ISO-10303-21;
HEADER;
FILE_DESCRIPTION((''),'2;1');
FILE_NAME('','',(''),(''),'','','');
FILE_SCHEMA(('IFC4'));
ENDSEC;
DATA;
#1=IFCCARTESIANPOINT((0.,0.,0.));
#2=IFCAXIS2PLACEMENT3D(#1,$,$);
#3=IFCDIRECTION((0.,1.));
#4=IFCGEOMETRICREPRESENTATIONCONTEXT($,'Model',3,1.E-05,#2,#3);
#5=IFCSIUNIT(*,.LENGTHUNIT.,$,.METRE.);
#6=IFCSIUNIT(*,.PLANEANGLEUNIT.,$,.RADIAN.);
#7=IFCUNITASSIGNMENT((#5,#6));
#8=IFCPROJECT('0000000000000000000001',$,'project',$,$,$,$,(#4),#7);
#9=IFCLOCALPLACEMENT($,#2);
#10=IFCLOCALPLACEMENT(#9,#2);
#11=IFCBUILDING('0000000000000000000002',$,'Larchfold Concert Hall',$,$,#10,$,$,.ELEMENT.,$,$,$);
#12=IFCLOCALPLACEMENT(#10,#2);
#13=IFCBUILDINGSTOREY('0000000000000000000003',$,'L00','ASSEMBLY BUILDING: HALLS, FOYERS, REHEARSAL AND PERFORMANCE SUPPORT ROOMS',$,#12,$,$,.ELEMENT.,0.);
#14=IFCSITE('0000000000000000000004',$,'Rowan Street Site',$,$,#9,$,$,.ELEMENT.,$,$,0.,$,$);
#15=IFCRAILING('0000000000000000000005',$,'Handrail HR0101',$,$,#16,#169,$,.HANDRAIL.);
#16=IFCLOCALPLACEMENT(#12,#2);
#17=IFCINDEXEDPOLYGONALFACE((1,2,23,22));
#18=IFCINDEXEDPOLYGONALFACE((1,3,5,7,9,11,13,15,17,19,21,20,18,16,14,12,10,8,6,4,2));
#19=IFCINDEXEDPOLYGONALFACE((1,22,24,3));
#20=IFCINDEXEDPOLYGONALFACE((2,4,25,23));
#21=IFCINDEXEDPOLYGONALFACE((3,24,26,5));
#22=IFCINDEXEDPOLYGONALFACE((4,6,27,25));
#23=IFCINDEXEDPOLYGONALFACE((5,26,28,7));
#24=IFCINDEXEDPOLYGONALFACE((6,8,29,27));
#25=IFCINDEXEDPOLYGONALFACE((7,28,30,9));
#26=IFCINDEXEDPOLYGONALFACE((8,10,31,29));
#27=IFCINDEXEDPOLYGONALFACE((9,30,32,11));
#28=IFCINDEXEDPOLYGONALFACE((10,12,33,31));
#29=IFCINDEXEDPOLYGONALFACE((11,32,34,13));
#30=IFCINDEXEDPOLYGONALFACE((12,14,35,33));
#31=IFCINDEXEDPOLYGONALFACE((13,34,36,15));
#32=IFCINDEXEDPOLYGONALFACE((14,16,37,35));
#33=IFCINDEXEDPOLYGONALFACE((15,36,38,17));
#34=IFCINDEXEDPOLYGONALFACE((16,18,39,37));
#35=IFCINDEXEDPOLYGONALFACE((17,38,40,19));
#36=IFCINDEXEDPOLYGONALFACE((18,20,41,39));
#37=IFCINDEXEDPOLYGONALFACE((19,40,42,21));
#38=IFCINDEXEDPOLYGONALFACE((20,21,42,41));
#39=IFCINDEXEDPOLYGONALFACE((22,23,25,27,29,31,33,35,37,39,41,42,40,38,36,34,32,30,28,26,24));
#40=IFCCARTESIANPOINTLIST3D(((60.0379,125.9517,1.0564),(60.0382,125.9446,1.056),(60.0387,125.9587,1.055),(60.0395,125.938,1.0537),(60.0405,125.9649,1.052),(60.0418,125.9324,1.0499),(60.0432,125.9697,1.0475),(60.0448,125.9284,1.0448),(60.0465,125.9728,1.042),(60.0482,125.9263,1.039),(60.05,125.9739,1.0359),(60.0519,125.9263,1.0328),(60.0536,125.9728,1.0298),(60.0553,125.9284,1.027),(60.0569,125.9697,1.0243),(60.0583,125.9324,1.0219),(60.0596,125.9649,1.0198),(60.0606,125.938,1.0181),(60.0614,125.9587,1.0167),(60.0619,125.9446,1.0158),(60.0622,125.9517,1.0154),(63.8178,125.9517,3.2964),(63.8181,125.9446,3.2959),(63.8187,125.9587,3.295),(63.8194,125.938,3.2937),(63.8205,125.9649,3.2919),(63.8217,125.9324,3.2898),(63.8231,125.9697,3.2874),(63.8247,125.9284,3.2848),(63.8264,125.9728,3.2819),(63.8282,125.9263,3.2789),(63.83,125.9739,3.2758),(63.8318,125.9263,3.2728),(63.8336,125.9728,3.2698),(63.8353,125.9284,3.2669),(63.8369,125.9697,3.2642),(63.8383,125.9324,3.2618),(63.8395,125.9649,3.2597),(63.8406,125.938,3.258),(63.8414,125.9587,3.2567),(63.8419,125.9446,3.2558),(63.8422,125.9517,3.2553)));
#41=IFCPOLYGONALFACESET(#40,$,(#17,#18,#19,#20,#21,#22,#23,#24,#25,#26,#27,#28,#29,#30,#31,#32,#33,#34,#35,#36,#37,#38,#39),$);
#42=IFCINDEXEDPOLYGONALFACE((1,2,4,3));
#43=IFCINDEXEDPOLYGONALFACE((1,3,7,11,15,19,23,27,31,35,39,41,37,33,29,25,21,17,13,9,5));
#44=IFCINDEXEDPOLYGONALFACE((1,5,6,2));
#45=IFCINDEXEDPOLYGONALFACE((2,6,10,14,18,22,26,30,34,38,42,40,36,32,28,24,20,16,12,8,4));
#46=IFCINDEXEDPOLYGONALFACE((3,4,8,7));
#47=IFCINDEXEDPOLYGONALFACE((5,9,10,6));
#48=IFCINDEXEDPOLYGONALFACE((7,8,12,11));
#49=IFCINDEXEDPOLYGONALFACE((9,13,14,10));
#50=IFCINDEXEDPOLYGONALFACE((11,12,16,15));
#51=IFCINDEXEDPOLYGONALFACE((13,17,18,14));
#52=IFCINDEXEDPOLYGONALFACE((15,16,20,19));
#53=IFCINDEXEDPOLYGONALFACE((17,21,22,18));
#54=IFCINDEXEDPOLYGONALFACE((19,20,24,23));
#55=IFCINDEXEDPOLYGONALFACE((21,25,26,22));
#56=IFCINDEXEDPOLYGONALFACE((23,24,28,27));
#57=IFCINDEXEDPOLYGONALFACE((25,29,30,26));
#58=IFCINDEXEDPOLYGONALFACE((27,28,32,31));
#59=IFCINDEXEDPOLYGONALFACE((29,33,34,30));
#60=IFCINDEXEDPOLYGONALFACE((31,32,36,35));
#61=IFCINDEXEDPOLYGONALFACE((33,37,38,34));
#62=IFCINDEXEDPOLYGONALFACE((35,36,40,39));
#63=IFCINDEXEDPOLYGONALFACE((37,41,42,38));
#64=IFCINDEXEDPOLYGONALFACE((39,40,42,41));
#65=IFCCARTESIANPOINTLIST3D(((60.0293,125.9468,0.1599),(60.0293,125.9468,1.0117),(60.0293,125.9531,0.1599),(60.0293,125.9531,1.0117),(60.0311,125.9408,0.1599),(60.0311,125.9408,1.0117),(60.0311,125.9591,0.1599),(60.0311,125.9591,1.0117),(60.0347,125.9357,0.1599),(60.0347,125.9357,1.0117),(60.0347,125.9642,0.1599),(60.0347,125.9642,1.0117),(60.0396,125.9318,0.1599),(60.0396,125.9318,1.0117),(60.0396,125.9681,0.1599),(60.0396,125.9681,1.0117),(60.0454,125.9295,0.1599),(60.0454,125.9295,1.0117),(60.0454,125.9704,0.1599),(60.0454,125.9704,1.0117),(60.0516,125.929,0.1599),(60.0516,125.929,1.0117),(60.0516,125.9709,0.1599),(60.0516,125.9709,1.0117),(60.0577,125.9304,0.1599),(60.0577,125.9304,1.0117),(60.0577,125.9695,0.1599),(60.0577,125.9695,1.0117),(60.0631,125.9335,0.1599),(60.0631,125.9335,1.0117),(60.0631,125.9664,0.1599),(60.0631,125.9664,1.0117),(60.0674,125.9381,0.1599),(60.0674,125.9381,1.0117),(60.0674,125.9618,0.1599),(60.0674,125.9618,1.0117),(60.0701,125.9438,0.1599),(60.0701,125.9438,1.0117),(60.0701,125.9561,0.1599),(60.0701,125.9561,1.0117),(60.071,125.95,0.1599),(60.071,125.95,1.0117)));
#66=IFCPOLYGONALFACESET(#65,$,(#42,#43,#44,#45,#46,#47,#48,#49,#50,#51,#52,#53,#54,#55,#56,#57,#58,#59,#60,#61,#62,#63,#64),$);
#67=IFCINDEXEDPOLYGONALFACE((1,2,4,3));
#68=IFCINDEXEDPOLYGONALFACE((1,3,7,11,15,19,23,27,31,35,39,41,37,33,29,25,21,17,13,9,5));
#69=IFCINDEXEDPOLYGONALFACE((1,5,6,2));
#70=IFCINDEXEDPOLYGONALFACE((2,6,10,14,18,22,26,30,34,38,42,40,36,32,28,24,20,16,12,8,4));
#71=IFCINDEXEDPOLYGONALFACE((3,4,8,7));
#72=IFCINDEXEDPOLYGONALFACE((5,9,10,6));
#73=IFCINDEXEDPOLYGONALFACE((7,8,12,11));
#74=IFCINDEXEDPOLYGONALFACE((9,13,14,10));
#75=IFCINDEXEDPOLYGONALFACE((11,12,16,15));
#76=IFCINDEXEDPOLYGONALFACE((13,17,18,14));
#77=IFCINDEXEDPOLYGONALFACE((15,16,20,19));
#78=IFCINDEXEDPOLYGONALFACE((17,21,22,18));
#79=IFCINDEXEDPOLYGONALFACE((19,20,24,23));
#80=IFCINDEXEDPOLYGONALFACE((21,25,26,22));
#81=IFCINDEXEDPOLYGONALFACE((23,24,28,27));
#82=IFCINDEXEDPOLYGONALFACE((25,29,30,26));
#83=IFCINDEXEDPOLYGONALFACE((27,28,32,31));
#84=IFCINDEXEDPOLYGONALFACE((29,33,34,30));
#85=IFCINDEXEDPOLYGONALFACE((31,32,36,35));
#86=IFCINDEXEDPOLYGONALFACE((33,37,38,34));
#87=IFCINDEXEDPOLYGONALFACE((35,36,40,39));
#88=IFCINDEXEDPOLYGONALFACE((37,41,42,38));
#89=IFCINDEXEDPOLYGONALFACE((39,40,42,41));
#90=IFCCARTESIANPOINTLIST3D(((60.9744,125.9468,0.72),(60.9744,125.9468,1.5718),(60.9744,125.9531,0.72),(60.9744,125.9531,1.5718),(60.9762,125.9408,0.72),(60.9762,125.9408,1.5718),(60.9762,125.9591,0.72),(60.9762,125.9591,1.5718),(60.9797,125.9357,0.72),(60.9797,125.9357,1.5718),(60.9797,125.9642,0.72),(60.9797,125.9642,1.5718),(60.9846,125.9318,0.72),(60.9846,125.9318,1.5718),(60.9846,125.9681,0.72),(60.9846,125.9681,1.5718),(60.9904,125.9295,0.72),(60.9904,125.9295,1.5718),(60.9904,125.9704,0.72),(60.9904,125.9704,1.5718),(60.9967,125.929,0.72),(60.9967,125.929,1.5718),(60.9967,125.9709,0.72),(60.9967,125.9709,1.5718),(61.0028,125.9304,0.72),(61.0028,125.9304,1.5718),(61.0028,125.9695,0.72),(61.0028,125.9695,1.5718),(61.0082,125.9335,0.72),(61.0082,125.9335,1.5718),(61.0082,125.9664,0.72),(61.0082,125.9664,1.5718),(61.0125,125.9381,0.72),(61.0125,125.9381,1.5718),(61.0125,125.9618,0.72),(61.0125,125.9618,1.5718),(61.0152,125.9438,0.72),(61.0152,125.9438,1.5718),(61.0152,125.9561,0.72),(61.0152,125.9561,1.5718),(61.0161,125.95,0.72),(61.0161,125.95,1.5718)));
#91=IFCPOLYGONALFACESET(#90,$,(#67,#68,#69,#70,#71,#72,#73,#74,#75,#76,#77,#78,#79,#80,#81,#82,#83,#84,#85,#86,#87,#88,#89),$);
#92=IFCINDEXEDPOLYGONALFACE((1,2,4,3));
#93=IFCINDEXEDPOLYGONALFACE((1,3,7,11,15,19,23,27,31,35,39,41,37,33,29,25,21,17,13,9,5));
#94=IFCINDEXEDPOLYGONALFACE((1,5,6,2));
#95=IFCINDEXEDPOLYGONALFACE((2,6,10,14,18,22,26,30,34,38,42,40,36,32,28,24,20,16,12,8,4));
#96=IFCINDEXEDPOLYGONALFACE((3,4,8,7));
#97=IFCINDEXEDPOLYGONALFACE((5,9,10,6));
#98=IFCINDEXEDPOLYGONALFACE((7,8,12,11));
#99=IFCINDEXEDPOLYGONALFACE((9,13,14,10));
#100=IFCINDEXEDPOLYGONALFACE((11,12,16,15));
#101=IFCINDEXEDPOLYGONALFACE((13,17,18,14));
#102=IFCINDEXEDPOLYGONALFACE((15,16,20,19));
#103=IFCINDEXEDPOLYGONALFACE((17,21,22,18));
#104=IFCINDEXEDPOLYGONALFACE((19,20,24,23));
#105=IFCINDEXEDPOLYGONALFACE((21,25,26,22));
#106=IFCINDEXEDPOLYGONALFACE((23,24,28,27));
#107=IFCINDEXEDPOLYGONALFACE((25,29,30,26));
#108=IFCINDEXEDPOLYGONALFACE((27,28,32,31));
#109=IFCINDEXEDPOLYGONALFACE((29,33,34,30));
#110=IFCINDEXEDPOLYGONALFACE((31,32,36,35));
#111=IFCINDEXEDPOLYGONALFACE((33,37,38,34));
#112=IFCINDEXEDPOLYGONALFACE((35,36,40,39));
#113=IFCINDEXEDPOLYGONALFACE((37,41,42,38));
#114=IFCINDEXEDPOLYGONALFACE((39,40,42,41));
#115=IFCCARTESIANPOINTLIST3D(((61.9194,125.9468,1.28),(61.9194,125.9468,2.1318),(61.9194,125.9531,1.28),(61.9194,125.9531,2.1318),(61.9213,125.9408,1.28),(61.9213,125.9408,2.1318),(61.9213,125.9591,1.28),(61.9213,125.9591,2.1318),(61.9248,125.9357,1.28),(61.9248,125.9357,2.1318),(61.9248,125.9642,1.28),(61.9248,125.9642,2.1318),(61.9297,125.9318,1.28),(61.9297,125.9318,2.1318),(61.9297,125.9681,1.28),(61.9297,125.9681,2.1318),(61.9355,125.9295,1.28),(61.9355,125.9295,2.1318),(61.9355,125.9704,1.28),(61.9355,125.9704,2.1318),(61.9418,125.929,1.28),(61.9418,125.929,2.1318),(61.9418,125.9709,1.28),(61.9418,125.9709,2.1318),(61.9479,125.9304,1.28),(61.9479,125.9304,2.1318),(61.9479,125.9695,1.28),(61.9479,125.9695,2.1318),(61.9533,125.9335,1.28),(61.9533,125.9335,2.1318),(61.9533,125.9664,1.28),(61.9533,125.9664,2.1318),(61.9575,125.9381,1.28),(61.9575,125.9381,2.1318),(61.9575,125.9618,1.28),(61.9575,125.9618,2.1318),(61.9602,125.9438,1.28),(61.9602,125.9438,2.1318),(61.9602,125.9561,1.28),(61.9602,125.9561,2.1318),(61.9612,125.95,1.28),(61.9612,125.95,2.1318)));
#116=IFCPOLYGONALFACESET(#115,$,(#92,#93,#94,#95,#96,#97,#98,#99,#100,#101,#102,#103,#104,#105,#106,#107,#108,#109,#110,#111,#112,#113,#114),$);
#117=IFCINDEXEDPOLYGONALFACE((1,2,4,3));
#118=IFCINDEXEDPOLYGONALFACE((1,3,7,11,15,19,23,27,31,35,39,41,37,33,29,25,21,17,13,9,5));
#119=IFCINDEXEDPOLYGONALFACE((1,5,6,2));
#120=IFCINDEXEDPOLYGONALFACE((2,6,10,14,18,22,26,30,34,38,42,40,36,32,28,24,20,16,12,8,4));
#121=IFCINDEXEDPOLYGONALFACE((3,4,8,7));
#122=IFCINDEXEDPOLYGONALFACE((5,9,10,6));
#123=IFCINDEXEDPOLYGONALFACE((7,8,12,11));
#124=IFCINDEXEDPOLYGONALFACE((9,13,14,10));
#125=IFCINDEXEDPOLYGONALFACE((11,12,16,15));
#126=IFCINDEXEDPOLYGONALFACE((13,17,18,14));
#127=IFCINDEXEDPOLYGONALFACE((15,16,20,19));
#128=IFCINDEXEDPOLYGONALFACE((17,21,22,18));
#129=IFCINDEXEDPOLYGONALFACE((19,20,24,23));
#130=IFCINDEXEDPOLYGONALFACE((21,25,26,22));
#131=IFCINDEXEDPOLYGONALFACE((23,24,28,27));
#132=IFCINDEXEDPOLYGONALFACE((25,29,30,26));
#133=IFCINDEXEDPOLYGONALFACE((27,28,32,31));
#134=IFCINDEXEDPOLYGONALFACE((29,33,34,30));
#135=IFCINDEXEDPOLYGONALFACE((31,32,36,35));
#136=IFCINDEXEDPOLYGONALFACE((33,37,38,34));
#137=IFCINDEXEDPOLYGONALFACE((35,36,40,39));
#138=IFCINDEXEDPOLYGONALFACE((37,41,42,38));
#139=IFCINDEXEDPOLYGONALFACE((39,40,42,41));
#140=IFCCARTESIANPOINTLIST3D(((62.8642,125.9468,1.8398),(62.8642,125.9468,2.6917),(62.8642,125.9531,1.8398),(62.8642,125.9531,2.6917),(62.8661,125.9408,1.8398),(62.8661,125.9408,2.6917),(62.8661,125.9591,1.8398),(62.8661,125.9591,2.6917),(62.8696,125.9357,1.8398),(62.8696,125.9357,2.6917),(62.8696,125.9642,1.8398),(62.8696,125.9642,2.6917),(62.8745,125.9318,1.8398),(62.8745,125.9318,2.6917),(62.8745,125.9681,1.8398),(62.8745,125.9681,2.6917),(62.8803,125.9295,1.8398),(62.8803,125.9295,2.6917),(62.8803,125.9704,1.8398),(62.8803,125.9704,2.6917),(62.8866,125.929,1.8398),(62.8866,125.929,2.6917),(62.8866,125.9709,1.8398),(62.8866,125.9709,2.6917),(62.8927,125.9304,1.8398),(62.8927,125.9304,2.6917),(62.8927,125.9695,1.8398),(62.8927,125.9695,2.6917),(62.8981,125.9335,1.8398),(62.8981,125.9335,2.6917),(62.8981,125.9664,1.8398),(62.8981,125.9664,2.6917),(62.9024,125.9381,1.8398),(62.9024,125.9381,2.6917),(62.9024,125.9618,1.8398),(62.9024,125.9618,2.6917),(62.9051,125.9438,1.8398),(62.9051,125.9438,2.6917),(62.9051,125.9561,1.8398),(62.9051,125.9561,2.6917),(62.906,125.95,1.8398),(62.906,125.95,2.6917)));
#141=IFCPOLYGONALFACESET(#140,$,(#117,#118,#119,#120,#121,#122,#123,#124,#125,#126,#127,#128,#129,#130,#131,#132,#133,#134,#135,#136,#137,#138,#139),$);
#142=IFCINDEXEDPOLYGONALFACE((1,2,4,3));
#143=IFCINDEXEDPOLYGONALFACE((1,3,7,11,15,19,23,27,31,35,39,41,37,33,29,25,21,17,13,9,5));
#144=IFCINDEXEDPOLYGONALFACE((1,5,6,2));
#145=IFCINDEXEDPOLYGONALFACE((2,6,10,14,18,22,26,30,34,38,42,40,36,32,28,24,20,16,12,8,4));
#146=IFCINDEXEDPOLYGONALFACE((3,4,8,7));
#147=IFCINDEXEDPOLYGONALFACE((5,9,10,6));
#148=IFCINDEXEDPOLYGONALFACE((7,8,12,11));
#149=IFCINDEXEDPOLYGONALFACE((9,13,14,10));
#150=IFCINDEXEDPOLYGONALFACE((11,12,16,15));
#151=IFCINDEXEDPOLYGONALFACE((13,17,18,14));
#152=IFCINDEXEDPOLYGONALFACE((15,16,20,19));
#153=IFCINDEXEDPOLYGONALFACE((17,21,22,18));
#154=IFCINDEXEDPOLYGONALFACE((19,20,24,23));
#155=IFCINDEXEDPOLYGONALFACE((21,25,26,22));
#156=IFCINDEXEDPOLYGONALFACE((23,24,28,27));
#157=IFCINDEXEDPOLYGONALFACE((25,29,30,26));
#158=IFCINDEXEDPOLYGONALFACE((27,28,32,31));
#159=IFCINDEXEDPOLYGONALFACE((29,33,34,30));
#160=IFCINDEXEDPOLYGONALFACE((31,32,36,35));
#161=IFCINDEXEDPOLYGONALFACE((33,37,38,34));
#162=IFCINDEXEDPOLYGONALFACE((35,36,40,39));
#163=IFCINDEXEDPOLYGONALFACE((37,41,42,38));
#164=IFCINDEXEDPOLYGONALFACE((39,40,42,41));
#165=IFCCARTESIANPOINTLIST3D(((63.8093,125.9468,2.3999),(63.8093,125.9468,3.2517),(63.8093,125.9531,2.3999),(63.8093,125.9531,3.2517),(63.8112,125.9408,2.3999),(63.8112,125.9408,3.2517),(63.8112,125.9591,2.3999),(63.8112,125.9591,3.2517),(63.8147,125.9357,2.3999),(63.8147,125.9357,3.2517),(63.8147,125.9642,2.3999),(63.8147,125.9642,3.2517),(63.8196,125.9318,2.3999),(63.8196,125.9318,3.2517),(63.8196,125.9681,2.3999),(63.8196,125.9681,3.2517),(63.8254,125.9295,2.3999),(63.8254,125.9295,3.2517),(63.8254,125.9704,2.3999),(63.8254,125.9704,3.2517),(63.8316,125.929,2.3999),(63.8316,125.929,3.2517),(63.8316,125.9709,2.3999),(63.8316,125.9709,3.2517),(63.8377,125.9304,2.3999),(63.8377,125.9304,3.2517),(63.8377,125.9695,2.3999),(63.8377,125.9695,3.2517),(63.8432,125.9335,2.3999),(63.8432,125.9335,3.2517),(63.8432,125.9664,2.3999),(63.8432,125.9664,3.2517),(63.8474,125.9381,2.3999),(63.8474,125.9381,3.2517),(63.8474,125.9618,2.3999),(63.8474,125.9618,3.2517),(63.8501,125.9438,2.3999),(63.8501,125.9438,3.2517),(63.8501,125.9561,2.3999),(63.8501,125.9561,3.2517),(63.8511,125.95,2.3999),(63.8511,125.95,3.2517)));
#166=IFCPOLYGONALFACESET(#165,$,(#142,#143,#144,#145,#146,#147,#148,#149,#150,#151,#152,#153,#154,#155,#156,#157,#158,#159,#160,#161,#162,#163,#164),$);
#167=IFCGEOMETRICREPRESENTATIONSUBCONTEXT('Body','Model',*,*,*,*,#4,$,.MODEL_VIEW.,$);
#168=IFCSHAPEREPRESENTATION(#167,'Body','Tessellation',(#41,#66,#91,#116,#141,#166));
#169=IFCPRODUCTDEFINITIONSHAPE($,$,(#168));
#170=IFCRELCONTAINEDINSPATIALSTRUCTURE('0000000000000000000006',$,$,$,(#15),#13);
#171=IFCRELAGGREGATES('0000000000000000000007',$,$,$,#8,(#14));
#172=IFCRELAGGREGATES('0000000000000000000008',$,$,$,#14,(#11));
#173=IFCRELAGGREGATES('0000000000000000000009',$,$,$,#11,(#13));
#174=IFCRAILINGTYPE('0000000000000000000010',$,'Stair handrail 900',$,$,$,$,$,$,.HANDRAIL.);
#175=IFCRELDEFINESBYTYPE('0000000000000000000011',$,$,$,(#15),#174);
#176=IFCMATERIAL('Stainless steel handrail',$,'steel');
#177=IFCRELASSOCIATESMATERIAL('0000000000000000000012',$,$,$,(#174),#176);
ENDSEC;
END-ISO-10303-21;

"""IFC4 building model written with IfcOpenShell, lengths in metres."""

from ifc_helpers import new_model, si_unit, direction, frame, origin, origin_2d, place, context, subcontext, project, spatial, circle, extrude, material, type_object, element, save


model = new_model("IFC4")

# Units and contexts
model_context = context("Model", 3, precision=1e-05, world=origin(), true_north=direction((0.0, 1.0)))
body_context = subcontext(model_context, "Body", "Model", "MODEL_VIEW")
ifc_project = project(units=[si_unit("LENGTHUNIT", "METRE"), si_unit("PLANEANGLEUNIT", "RADIAN")], contexts=[model_context])

# Site, building, storey
site_placement = place(None, origin())
site = spatial("IfcSite", under=ifc_project, at=site_placement, Name="Rowan Street Site", CompositionType="ELEMENT", RefElevation=0.0)
building_placement = place(site_placement, origin())
building = spatial("IfcBuilding", under=site, at=building_placement, Name="Larchfold Concert Hall", CompositionType="ELEMENT")
storey_placement = place(building_placement, origin())
storey = spatial("IfcBuildingStorey", under=building, at=storey_placement, Name="L00", Description="ASSEMBLY BUILDING: HALLS, FOYERS, REHEARSAL AND PERFORMANCE SUPPORT ROOMS", CompositionType="ELEMENT", Elevation=0.0)

# Railing
ifc_material_1 = material(Name="Stainless steel handrail", Category="steel")
railing_type_1 = type_object("IfcRailingType", Name="Stair handrail 900", PredefinedType="HANDRAIL", material=ifc_material_1)
for number, where, name in (
    (1, (60.05, 125.95, 0.1599), "Handrail HR0101"),
):
    element("IfcRailing", number, at=place(storey_placement, frame(where)), inside=storey, type_object=railing_type_1, Name=name, PredefinedType="HANDRAIL", context=body_context, shape_type="SweptSolid", body=[
        extrude(circle(Radius=0.0239, at=origin_2d()), frame((0.0, 0.0, 0.876), z_axis=(0.860294, 0.0, 0.509798), x_axis=(0.0, 1.0, 0.0)), (0.0, 0.0, 1.0), 4.3938),
        extrude(circle(Radius=0.021, at=origin_2d()), origin(), (0.0, 0.0, 1.0), 0.8518),
        extrude(circle(Radius=0.021, at=origin_2d()), frame((0.9451, 0.0, 0.5601)), (0.0, 0.0, 1.0), 0.8518),
        extrude(circle(Radius=0.021, at=origin_2d()), frame((1.8901, 0.0, 1.1201)), (0.0, 0.0, 1.0), 0.8518),
        extrude(circle(Radius=0.021, at=origin_2d()), frame((2.835, 0.0, 1.6799)), (0.0, 0.0, 1.0), 0.8518),
        extrude(circle(Radius=0.021, at=origin_2d()), frame((3.78, 0.0, 2.24)), (0.0, 0.0, 1.0), 0.8518),
    ])

save(model, "model.ifc")
